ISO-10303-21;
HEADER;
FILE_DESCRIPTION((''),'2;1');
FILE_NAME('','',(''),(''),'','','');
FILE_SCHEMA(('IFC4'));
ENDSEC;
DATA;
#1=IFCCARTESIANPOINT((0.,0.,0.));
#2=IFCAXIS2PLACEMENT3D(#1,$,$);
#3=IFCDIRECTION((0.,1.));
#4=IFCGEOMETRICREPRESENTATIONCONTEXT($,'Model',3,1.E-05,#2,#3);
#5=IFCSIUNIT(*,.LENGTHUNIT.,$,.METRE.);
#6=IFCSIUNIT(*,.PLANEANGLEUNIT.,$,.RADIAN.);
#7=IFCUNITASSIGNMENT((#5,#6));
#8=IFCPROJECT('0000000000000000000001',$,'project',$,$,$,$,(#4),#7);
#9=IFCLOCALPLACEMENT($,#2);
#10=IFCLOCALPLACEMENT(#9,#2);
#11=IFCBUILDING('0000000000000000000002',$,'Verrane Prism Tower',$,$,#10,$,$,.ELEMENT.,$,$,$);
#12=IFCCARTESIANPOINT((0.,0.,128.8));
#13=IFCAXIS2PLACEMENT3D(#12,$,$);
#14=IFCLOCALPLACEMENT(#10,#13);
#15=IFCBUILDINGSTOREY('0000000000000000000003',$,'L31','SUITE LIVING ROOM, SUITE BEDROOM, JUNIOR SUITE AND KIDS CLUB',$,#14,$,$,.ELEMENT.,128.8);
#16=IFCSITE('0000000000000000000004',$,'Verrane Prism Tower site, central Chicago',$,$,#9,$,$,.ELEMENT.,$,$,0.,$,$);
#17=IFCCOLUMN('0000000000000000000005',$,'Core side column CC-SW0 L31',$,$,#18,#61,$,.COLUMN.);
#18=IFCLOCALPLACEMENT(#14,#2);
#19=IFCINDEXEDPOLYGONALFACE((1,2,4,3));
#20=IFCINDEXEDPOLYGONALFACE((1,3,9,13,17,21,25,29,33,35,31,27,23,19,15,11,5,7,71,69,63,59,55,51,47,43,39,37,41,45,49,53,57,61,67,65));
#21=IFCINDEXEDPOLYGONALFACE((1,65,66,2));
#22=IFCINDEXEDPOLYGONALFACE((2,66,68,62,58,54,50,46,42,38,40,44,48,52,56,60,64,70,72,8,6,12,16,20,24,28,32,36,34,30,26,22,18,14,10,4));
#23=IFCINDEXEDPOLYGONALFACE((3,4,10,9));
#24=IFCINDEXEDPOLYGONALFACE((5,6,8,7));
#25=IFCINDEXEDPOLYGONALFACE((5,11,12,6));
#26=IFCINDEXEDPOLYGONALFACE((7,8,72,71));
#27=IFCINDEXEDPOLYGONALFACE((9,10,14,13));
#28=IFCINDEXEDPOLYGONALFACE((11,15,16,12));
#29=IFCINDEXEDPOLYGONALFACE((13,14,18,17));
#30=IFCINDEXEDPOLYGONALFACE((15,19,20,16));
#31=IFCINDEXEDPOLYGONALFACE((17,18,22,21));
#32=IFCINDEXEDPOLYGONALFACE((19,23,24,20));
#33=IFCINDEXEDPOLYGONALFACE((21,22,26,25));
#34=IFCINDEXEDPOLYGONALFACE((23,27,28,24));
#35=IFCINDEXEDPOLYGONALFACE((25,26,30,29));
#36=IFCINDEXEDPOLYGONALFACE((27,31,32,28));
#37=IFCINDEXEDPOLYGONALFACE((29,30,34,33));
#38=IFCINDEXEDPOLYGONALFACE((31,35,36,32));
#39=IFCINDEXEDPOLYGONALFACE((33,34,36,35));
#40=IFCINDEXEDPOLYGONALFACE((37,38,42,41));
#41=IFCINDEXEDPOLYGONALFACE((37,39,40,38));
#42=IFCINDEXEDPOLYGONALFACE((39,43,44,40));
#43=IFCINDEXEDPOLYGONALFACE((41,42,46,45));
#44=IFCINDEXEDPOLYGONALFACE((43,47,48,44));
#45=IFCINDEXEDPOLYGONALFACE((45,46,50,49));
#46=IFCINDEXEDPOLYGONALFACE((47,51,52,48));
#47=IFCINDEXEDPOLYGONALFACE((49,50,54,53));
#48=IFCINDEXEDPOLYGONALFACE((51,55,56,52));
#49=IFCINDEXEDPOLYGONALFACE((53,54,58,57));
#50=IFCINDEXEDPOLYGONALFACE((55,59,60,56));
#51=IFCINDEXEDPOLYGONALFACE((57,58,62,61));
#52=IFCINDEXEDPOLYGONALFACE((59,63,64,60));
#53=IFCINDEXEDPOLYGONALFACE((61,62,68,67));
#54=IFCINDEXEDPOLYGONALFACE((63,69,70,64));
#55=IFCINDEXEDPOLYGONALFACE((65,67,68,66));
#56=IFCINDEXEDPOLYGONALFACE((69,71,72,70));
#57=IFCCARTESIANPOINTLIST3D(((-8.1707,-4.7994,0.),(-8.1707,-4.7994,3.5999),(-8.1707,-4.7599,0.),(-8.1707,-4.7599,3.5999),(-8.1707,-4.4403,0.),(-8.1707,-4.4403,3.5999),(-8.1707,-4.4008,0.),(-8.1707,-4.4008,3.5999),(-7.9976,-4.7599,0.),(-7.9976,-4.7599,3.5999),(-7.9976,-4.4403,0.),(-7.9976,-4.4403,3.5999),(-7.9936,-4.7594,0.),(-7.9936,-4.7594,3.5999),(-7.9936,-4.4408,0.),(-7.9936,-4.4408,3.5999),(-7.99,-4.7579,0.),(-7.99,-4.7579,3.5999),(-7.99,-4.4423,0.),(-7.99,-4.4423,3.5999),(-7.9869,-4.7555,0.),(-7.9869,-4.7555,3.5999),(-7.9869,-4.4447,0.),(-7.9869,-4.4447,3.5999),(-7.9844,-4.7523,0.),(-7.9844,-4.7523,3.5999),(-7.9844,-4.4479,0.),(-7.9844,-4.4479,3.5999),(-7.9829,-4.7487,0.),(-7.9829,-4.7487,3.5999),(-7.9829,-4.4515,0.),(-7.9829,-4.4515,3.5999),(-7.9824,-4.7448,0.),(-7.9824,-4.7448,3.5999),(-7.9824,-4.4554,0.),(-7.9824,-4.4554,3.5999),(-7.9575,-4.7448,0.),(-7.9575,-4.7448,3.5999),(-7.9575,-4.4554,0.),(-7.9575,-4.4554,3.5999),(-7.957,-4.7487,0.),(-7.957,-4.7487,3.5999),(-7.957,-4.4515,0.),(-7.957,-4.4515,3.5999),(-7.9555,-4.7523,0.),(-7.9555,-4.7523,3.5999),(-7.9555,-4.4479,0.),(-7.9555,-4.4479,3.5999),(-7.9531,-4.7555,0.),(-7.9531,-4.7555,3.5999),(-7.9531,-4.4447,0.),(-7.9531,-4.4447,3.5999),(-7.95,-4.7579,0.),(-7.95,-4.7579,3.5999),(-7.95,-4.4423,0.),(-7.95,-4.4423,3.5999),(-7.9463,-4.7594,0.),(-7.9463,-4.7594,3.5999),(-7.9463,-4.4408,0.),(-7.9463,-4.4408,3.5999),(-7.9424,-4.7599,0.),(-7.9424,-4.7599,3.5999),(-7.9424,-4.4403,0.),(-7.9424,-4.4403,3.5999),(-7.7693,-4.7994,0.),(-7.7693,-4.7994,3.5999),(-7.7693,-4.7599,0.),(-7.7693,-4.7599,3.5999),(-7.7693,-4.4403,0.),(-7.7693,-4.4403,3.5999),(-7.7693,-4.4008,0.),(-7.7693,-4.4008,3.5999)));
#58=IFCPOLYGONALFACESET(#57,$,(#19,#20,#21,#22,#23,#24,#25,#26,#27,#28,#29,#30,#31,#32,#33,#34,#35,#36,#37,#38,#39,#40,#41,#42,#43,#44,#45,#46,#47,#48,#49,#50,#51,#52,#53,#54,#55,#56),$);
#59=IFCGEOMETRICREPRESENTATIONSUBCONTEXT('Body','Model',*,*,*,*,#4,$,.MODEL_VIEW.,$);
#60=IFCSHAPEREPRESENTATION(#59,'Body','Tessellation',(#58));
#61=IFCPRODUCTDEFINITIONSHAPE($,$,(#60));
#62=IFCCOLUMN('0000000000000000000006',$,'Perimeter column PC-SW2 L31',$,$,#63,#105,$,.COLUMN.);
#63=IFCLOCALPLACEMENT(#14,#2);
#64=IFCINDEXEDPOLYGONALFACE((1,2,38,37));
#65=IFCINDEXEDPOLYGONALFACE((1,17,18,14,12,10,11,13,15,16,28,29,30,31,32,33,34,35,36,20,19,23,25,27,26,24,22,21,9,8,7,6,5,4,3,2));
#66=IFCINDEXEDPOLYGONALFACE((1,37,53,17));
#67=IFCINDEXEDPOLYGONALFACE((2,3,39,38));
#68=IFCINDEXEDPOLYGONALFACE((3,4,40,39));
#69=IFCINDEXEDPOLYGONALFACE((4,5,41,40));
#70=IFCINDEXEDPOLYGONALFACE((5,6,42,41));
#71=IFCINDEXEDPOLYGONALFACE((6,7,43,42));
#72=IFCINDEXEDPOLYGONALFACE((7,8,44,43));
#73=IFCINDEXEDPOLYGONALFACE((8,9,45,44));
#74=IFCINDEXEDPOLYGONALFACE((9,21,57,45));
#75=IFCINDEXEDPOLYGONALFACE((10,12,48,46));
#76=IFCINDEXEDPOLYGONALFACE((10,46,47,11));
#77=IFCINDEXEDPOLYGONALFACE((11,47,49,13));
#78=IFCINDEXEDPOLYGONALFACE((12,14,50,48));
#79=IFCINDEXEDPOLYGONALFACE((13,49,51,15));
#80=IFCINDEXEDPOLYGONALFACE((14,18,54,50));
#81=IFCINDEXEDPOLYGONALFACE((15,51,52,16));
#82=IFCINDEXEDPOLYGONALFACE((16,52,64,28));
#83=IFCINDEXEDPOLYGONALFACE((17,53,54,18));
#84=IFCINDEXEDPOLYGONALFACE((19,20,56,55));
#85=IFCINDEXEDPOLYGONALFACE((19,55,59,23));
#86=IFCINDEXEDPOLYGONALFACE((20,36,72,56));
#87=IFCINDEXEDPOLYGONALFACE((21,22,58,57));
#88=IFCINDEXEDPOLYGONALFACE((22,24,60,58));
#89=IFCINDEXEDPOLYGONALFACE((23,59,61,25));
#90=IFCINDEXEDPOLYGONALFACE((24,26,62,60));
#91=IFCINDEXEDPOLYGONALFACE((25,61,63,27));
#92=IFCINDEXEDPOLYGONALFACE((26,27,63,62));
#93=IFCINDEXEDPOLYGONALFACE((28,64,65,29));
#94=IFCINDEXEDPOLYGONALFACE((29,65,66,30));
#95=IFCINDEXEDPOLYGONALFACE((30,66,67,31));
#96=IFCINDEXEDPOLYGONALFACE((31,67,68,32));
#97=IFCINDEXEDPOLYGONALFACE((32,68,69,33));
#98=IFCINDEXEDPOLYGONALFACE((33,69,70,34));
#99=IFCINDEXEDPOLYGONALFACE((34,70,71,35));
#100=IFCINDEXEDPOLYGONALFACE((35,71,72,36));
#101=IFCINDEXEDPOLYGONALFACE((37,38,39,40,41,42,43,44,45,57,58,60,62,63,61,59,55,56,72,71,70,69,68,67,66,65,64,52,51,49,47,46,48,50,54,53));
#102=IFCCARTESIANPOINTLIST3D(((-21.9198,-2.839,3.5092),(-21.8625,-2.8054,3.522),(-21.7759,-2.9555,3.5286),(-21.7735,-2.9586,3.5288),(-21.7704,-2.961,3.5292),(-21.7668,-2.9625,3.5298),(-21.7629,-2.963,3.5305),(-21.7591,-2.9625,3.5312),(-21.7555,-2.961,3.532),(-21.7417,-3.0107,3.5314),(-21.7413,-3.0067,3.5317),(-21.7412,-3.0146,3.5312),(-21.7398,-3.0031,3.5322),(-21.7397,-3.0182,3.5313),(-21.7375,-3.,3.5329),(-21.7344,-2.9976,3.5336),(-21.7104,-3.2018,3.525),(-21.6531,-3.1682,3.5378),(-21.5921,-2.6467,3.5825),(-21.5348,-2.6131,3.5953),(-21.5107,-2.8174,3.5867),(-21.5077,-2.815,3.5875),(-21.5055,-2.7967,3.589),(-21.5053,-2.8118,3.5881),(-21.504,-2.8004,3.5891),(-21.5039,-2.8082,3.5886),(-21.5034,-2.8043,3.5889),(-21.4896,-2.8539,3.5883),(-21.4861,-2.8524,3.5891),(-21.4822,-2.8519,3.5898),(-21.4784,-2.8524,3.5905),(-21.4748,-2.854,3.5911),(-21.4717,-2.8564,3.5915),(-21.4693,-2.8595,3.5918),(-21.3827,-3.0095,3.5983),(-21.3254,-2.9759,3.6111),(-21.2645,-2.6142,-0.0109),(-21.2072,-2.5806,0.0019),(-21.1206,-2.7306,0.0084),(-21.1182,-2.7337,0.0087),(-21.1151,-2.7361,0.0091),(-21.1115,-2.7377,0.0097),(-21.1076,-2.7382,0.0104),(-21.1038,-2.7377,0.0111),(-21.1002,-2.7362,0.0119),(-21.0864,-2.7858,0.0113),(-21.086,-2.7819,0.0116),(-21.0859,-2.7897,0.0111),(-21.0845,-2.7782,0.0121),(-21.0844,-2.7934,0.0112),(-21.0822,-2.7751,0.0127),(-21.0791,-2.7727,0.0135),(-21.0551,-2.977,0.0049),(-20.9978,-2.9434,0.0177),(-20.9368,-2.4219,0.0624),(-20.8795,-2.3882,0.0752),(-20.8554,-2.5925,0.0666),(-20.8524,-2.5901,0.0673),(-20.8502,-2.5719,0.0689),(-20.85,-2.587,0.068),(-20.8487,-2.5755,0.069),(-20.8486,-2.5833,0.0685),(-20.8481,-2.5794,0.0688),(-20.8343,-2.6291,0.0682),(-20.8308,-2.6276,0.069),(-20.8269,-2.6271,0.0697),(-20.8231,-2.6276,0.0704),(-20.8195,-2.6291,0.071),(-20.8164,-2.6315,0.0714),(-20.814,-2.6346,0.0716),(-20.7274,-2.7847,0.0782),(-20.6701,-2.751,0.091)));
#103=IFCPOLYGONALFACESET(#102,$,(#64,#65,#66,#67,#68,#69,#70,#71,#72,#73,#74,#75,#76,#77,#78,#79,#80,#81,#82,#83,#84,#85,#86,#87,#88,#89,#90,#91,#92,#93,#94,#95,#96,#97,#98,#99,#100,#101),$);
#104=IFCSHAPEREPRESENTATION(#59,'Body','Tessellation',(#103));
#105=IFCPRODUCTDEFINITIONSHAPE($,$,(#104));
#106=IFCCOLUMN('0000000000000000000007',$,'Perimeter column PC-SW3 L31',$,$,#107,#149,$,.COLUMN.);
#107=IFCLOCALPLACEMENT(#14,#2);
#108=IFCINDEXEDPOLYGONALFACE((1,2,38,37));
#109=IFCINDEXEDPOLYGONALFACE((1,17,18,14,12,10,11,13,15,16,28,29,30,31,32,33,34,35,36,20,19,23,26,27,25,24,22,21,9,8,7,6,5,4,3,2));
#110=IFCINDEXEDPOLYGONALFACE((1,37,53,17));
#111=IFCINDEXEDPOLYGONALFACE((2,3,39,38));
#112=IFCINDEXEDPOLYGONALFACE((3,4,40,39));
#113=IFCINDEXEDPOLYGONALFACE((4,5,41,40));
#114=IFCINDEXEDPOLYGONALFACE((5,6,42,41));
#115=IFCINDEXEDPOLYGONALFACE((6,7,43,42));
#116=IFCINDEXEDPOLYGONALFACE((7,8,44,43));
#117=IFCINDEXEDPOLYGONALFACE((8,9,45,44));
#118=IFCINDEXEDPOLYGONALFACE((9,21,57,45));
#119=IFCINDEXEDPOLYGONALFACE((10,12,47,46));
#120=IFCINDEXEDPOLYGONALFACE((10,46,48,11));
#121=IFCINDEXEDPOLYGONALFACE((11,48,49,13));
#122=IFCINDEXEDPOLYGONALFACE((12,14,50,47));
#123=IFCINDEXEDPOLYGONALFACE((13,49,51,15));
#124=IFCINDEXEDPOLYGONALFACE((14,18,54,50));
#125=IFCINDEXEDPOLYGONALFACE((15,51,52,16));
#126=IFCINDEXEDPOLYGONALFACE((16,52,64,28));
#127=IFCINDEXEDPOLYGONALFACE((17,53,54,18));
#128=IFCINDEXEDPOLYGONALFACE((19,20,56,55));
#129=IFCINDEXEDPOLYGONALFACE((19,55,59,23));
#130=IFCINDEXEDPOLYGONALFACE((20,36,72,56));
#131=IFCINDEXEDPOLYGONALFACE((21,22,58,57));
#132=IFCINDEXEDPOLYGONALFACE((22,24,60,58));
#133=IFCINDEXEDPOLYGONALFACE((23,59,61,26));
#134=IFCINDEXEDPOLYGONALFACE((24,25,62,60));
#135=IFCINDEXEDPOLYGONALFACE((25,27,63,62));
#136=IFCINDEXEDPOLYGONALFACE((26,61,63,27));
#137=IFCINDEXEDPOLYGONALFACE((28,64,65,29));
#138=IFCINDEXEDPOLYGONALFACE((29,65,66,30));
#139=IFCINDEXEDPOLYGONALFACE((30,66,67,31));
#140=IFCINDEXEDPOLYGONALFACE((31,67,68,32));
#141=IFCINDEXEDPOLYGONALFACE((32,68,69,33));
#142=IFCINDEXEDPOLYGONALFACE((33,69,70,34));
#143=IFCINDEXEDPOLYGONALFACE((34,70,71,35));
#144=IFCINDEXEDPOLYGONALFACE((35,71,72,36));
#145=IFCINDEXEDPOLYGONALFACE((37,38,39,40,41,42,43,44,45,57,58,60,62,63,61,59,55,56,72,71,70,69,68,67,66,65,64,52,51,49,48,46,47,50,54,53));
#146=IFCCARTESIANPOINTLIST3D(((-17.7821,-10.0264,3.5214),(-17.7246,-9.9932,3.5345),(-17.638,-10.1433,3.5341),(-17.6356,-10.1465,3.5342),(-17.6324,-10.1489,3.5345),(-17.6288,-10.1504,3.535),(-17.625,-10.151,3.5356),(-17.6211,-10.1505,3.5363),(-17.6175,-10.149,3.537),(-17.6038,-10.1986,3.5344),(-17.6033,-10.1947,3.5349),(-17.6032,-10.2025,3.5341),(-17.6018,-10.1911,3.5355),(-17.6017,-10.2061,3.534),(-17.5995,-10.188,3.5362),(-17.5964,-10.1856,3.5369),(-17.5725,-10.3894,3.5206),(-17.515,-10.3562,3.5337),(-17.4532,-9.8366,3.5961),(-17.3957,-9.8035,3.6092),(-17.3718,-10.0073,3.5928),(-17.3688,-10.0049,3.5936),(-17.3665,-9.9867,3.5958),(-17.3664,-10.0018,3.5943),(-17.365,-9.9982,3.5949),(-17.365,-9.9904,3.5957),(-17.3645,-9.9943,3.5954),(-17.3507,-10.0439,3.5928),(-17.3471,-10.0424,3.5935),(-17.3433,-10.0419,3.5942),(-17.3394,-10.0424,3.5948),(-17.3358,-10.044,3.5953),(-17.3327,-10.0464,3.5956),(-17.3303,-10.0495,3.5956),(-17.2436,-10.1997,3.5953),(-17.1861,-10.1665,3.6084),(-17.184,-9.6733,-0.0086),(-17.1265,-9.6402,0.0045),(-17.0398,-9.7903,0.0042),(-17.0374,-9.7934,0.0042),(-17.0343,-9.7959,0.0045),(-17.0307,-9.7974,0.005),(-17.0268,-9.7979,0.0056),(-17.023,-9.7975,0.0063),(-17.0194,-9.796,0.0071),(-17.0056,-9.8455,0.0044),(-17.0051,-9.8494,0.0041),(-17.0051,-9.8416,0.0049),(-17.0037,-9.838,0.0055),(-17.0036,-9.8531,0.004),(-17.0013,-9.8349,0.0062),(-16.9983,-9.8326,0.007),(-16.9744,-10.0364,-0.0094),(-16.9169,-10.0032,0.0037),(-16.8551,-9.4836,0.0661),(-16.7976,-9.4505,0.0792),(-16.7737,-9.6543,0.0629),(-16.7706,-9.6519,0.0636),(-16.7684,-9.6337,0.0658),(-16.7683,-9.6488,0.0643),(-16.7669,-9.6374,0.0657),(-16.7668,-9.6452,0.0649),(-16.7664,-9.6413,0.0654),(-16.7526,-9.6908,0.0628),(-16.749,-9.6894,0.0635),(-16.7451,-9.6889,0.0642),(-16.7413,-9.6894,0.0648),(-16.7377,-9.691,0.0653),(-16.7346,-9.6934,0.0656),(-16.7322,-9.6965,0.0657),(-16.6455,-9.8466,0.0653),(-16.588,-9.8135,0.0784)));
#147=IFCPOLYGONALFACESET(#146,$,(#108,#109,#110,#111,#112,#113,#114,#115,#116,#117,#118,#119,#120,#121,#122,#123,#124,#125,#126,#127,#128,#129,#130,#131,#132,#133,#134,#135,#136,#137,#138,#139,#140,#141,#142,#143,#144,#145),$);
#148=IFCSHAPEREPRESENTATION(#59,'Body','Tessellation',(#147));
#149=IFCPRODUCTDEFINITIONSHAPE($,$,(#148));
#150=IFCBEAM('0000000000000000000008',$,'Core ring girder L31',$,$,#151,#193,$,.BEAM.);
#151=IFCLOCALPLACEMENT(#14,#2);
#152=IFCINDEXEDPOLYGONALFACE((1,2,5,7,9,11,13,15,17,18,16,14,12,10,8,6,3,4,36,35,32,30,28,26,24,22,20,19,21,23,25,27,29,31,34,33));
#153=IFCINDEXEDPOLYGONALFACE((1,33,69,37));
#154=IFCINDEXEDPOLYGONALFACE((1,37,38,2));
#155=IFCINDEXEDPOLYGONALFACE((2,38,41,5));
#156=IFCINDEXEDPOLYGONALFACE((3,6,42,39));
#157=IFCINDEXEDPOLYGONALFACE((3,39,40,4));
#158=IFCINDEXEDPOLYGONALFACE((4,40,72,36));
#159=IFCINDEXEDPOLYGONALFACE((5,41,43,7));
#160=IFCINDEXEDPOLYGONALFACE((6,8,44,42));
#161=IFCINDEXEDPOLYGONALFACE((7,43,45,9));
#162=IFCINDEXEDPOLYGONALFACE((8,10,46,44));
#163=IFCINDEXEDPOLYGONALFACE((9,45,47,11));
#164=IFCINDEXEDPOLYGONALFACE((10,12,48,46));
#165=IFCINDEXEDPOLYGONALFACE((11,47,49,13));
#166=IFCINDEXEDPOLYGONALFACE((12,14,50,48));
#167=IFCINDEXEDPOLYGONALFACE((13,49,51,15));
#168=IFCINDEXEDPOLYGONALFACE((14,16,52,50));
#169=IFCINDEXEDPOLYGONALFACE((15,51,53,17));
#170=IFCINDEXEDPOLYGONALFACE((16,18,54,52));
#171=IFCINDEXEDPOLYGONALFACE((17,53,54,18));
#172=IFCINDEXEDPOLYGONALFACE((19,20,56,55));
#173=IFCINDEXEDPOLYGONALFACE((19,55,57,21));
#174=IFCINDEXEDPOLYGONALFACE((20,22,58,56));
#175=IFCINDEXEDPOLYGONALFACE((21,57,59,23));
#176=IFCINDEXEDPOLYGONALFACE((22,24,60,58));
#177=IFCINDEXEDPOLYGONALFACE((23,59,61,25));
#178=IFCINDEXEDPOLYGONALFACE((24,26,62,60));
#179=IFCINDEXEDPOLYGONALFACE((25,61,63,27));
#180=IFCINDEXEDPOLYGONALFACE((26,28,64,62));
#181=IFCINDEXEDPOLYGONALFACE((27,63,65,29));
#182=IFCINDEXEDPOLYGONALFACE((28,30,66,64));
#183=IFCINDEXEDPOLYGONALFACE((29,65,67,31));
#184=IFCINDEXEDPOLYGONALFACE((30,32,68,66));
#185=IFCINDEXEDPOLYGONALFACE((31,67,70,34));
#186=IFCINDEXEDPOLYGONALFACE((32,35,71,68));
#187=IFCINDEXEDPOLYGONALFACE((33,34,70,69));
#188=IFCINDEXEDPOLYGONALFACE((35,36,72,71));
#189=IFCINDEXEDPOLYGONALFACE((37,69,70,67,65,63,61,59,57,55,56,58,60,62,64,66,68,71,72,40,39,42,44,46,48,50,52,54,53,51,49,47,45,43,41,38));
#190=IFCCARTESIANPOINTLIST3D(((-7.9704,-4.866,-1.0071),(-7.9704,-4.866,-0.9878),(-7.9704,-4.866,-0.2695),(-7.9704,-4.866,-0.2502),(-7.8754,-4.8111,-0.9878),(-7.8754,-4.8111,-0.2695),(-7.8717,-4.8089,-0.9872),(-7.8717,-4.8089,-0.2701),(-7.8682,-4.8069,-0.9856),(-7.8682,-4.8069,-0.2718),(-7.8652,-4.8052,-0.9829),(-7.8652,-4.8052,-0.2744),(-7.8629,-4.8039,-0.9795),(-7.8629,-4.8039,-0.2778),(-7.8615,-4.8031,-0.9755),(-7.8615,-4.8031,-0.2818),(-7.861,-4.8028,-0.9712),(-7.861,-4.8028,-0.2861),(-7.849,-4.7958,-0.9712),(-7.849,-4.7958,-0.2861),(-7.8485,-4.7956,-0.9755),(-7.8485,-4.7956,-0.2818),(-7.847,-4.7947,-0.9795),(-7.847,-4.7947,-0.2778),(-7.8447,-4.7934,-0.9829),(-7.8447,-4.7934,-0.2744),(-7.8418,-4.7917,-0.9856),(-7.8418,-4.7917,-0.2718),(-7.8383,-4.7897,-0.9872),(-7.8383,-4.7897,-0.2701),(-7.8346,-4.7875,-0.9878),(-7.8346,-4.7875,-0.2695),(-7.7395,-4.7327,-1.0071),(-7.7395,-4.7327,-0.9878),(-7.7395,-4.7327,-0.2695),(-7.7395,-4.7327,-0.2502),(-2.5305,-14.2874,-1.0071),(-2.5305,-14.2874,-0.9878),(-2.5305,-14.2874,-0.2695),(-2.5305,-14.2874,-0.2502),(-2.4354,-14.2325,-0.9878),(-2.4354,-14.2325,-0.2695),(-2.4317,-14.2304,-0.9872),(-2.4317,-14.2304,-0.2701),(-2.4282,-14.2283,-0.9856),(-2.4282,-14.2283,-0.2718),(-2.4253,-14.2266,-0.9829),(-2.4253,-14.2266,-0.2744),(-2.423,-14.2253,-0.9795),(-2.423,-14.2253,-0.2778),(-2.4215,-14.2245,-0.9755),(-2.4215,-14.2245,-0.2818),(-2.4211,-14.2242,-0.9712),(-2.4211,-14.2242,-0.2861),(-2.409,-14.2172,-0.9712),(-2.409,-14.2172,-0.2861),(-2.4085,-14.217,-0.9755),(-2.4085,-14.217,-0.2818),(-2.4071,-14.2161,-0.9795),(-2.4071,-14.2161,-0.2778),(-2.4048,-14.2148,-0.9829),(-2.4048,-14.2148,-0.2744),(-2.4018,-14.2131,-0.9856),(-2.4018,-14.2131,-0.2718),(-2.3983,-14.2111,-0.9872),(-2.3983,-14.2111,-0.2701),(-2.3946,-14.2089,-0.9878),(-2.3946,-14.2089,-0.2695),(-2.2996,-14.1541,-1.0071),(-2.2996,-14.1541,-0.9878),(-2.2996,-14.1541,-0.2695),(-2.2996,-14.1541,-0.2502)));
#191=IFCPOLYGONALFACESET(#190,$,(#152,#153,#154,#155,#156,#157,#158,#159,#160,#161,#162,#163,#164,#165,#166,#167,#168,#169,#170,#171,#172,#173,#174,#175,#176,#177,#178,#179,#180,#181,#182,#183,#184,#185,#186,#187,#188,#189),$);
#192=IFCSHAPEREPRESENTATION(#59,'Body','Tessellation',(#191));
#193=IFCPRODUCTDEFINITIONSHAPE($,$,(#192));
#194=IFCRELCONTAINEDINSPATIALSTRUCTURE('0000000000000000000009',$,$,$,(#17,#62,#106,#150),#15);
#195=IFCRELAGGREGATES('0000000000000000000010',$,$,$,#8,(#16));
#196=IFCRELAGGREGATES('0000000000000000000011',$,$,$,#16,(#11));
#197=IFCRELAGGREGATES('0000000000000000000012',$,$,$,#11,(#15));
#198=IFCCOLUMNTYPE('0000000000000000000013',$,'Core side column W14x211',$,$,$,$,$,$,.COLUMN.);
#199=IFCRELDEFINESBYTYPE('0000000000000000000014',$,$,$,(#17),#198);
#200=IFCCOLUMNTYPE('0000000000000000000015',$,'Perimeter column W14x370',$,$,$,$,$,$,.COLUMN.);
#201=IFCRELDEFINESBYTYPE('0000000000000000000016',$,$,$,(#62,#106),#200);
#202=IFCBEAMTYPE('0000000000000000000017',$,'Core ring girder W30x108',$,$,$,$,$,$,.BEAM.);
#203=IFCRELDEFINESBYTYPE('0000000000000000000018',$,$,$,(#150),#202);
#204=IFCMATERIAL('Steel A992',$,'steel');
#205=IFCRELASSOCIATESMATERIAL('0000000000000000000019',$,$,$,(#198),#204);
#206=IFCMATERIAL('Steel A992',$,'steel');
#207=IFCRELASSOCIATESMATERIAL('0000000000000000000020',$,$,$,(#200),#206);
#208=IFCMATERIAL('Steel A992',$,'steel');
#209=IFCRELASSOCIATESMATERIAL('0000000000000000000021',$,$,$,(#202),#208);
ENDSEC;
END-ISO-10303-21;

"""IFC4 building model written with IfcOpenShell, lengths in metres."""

from ifc_helpers import new_model, si_unit, direction, frame, origin, origin_2d, place, context, subcontext, project, spatial, i_section, extrude, material, material_profile, profile_set, type_object, element, save


model = new_model("IFC4")

# Units and contexts
model_context = context("Model", 3, precision=1e-05, world=origin(), true_north=direction((0.0, 1.0)))
body_context = subcontext(model_context, "Body", "Model", "MODEL_VIEW")
ifc_project = project(units=[si_unit("LENGTHUNIT", "METRE"), si_unit("PLANEANGLEUNIT", "RADIAN")], contexts=[model_context])

# Site, building, storey
site_placement = place(None, origin())
site = spatial("IfcSite", under=ifc_project, at=site_placement, Name="Verrane Prism Tower site, central Chicago", CompositionType="ELEMENT", RefElevation=0.0)
building_placement = place(site_placement, origin())
building = spatial("IfcBuilding", under=site, at=building_placement, Name="Verrane Prism Tower", CompositionType="ELEMENT")
storey_placement = place(building_placement, frame((0.0, 0.0, 128.8)))
storey = spatial("IfcBuildingStorey", under=building, at=storey_placement, Name="L31", Description="SUITE LIVING ROOM, SUITE BEDROOM, JUNIOR SUITE AND KIDS CLUB", CompositionType="ELEMENT", Elevation=128.8)

# Columns
ifc_material_1 = material(Name="Steel A992", Category="steel")
ifc_material_profile_1 = material_profile(ifc_material_1, i_section(OverallWidth=0.4014, OverallDepth=0.3987, WebThickness=0.0249, FlangeThickness=0.0396, FilletRadius=0.0151, at=origin_2d()), Name="W14x211")
ifc_profile_set_1 = profile_set([ifc_material_profile_1], Name="Steel A992")
column_type_1 = type_object("IfcColumnType", Name="Core side column W14x211", PredefinedType="COLUMN", material=ifc_profile_set_1)
column_1_placement = place(storey_placement, frame((-7.97, -4.6001, 0.0), z_axis=(0.0, 0.0, 1.0), x_axis=(1.0, 0.0, 0.0)))
element("IfcColumn", 1, at=column_1_placement, inside=storey, type_object=column_type_1, Name="Core side column CC-SW0 L31", PredefinedType="COLUMN", context=body_context, shape_type="SweptSolid", body=[
    extrude(i_section(OverallWidth=0.4014, OverallDepth=0.3987, WebThickness=0.0249, FlangeThickness=0.0396, FilletRadius=0.0151, at=origin_2d()), origin(), (0.0, 0.0, 1.0), 3.5999),
])
ifc_material_2 = material(Name="Steel A992", Category="steel")
ifc_material_profile_2 = material_profile(ifc_material_2, i_section(OverallWidth=0.4192, OverallDepth=0.4546, WebThickness=0.0422, FlangeThickness=0.0676, FilletRadius=0.0151, at=origin_2d()), Name="W14x370")
ifc_profile_set_2 = profile_set([ifc_material_profile_2], Name="Steel A992")
column_type_2 = type_object("IfcColumnType", Name="Perimeter column W14x370", PredefinedType="COLUMN", material=ifc_profile_set_2)
column_2_placement = place(storey_placement, frame((-20.9673, -2.6826, 0.04), z_axis=(-0.182652, -0.062676, 0.981178), x_axis=(-0.499536, 0.865472, -0.037707)))
element("IfcColumn", 2, at=column_2_placement, inside=storey, type_object=column_type_2, Name="Perimeter column PC-SW2 L31", PredefinedType="COLUMN", context=body_context, shape_type="SweptSolid", body=[
    extrude(i_section(OverallWidth=0.4192, OverallDepth=0.4546, WebThickness=0.0422, FlangeThickness=0.0676, FilletRadius=0.0151, at=origin_2d()), origin(), (0.0, 0.0, 1.0), 3.5876),
])
column_3_placement = place(storey_placement, frame((-16.886, -9.7434, 0.0349), z_axis=(-0.166257, -0.098126, 0.981188), x_axis=(-0.500024, 0.866009, 0.00188)))
element("IfcColumn", 3, at=column_3_placement, inside=storey, type_object=column_type_2, Name="Perimeter column PC-SW3 L31", PredefinedType="COLUMN", context=body_context, shape_type="SweptSolid", body=[
    extrude(i_section(OverallWidth=0.4192, OverallDepth=0.4546, WebThickness=0.0422, FlangeThickness=0.0676, FilletRadius=0.0151, at=origin_2d()), origin(), (0.0, 0.0, 1.0), 3.5977),
])

# Beam
ifc_material_3 = material(Name="Steel A992", Category="steel")
ifc_material_profile_3 = material_profile(ifc_material_3, i_section(OverallWidth=0.2666, OverallDepth=0.7568, WebThickness=0.0139, FlangeThickness=0.0193, FilletRadius=0.0166, at=origin_2d()), Name="W30x108")
ifc_profile_set_3 = profile_set([ifc_material_profile_3], Name="Steel A992")
beam_type_1 = type_object("IfcBeamType", Name="Core ring girder W30x108", PredefinedType="BEAM", material=ifc_profile_set_3)
beam_1_placement = place(storey_placement, frame((-7.855, -4.7993, -0.6287), z_axis=(0.500035, -0.866005, 0.0), x_axis=(0.866005, 0.500035, 0.0)))
element("IfcBeam", 4, at=beam_1_placement, inside=storey, type_object=beam_type_1, Name="Core ring girder L31", PredefinedType="BEAM", context=body_context, shape_type="SweptSolid", body=[
    extrude(i_section(OverallWidth=0.2666, OverallDepth=0.7568, WebThickness=0.0139, FlangeThickness=0.0193, FilletRadius=0.0166, at=origin_2d()), origin(), (0.0, 0.0, 1.0), 10.8792),
])

save(model, "model.ifc")
